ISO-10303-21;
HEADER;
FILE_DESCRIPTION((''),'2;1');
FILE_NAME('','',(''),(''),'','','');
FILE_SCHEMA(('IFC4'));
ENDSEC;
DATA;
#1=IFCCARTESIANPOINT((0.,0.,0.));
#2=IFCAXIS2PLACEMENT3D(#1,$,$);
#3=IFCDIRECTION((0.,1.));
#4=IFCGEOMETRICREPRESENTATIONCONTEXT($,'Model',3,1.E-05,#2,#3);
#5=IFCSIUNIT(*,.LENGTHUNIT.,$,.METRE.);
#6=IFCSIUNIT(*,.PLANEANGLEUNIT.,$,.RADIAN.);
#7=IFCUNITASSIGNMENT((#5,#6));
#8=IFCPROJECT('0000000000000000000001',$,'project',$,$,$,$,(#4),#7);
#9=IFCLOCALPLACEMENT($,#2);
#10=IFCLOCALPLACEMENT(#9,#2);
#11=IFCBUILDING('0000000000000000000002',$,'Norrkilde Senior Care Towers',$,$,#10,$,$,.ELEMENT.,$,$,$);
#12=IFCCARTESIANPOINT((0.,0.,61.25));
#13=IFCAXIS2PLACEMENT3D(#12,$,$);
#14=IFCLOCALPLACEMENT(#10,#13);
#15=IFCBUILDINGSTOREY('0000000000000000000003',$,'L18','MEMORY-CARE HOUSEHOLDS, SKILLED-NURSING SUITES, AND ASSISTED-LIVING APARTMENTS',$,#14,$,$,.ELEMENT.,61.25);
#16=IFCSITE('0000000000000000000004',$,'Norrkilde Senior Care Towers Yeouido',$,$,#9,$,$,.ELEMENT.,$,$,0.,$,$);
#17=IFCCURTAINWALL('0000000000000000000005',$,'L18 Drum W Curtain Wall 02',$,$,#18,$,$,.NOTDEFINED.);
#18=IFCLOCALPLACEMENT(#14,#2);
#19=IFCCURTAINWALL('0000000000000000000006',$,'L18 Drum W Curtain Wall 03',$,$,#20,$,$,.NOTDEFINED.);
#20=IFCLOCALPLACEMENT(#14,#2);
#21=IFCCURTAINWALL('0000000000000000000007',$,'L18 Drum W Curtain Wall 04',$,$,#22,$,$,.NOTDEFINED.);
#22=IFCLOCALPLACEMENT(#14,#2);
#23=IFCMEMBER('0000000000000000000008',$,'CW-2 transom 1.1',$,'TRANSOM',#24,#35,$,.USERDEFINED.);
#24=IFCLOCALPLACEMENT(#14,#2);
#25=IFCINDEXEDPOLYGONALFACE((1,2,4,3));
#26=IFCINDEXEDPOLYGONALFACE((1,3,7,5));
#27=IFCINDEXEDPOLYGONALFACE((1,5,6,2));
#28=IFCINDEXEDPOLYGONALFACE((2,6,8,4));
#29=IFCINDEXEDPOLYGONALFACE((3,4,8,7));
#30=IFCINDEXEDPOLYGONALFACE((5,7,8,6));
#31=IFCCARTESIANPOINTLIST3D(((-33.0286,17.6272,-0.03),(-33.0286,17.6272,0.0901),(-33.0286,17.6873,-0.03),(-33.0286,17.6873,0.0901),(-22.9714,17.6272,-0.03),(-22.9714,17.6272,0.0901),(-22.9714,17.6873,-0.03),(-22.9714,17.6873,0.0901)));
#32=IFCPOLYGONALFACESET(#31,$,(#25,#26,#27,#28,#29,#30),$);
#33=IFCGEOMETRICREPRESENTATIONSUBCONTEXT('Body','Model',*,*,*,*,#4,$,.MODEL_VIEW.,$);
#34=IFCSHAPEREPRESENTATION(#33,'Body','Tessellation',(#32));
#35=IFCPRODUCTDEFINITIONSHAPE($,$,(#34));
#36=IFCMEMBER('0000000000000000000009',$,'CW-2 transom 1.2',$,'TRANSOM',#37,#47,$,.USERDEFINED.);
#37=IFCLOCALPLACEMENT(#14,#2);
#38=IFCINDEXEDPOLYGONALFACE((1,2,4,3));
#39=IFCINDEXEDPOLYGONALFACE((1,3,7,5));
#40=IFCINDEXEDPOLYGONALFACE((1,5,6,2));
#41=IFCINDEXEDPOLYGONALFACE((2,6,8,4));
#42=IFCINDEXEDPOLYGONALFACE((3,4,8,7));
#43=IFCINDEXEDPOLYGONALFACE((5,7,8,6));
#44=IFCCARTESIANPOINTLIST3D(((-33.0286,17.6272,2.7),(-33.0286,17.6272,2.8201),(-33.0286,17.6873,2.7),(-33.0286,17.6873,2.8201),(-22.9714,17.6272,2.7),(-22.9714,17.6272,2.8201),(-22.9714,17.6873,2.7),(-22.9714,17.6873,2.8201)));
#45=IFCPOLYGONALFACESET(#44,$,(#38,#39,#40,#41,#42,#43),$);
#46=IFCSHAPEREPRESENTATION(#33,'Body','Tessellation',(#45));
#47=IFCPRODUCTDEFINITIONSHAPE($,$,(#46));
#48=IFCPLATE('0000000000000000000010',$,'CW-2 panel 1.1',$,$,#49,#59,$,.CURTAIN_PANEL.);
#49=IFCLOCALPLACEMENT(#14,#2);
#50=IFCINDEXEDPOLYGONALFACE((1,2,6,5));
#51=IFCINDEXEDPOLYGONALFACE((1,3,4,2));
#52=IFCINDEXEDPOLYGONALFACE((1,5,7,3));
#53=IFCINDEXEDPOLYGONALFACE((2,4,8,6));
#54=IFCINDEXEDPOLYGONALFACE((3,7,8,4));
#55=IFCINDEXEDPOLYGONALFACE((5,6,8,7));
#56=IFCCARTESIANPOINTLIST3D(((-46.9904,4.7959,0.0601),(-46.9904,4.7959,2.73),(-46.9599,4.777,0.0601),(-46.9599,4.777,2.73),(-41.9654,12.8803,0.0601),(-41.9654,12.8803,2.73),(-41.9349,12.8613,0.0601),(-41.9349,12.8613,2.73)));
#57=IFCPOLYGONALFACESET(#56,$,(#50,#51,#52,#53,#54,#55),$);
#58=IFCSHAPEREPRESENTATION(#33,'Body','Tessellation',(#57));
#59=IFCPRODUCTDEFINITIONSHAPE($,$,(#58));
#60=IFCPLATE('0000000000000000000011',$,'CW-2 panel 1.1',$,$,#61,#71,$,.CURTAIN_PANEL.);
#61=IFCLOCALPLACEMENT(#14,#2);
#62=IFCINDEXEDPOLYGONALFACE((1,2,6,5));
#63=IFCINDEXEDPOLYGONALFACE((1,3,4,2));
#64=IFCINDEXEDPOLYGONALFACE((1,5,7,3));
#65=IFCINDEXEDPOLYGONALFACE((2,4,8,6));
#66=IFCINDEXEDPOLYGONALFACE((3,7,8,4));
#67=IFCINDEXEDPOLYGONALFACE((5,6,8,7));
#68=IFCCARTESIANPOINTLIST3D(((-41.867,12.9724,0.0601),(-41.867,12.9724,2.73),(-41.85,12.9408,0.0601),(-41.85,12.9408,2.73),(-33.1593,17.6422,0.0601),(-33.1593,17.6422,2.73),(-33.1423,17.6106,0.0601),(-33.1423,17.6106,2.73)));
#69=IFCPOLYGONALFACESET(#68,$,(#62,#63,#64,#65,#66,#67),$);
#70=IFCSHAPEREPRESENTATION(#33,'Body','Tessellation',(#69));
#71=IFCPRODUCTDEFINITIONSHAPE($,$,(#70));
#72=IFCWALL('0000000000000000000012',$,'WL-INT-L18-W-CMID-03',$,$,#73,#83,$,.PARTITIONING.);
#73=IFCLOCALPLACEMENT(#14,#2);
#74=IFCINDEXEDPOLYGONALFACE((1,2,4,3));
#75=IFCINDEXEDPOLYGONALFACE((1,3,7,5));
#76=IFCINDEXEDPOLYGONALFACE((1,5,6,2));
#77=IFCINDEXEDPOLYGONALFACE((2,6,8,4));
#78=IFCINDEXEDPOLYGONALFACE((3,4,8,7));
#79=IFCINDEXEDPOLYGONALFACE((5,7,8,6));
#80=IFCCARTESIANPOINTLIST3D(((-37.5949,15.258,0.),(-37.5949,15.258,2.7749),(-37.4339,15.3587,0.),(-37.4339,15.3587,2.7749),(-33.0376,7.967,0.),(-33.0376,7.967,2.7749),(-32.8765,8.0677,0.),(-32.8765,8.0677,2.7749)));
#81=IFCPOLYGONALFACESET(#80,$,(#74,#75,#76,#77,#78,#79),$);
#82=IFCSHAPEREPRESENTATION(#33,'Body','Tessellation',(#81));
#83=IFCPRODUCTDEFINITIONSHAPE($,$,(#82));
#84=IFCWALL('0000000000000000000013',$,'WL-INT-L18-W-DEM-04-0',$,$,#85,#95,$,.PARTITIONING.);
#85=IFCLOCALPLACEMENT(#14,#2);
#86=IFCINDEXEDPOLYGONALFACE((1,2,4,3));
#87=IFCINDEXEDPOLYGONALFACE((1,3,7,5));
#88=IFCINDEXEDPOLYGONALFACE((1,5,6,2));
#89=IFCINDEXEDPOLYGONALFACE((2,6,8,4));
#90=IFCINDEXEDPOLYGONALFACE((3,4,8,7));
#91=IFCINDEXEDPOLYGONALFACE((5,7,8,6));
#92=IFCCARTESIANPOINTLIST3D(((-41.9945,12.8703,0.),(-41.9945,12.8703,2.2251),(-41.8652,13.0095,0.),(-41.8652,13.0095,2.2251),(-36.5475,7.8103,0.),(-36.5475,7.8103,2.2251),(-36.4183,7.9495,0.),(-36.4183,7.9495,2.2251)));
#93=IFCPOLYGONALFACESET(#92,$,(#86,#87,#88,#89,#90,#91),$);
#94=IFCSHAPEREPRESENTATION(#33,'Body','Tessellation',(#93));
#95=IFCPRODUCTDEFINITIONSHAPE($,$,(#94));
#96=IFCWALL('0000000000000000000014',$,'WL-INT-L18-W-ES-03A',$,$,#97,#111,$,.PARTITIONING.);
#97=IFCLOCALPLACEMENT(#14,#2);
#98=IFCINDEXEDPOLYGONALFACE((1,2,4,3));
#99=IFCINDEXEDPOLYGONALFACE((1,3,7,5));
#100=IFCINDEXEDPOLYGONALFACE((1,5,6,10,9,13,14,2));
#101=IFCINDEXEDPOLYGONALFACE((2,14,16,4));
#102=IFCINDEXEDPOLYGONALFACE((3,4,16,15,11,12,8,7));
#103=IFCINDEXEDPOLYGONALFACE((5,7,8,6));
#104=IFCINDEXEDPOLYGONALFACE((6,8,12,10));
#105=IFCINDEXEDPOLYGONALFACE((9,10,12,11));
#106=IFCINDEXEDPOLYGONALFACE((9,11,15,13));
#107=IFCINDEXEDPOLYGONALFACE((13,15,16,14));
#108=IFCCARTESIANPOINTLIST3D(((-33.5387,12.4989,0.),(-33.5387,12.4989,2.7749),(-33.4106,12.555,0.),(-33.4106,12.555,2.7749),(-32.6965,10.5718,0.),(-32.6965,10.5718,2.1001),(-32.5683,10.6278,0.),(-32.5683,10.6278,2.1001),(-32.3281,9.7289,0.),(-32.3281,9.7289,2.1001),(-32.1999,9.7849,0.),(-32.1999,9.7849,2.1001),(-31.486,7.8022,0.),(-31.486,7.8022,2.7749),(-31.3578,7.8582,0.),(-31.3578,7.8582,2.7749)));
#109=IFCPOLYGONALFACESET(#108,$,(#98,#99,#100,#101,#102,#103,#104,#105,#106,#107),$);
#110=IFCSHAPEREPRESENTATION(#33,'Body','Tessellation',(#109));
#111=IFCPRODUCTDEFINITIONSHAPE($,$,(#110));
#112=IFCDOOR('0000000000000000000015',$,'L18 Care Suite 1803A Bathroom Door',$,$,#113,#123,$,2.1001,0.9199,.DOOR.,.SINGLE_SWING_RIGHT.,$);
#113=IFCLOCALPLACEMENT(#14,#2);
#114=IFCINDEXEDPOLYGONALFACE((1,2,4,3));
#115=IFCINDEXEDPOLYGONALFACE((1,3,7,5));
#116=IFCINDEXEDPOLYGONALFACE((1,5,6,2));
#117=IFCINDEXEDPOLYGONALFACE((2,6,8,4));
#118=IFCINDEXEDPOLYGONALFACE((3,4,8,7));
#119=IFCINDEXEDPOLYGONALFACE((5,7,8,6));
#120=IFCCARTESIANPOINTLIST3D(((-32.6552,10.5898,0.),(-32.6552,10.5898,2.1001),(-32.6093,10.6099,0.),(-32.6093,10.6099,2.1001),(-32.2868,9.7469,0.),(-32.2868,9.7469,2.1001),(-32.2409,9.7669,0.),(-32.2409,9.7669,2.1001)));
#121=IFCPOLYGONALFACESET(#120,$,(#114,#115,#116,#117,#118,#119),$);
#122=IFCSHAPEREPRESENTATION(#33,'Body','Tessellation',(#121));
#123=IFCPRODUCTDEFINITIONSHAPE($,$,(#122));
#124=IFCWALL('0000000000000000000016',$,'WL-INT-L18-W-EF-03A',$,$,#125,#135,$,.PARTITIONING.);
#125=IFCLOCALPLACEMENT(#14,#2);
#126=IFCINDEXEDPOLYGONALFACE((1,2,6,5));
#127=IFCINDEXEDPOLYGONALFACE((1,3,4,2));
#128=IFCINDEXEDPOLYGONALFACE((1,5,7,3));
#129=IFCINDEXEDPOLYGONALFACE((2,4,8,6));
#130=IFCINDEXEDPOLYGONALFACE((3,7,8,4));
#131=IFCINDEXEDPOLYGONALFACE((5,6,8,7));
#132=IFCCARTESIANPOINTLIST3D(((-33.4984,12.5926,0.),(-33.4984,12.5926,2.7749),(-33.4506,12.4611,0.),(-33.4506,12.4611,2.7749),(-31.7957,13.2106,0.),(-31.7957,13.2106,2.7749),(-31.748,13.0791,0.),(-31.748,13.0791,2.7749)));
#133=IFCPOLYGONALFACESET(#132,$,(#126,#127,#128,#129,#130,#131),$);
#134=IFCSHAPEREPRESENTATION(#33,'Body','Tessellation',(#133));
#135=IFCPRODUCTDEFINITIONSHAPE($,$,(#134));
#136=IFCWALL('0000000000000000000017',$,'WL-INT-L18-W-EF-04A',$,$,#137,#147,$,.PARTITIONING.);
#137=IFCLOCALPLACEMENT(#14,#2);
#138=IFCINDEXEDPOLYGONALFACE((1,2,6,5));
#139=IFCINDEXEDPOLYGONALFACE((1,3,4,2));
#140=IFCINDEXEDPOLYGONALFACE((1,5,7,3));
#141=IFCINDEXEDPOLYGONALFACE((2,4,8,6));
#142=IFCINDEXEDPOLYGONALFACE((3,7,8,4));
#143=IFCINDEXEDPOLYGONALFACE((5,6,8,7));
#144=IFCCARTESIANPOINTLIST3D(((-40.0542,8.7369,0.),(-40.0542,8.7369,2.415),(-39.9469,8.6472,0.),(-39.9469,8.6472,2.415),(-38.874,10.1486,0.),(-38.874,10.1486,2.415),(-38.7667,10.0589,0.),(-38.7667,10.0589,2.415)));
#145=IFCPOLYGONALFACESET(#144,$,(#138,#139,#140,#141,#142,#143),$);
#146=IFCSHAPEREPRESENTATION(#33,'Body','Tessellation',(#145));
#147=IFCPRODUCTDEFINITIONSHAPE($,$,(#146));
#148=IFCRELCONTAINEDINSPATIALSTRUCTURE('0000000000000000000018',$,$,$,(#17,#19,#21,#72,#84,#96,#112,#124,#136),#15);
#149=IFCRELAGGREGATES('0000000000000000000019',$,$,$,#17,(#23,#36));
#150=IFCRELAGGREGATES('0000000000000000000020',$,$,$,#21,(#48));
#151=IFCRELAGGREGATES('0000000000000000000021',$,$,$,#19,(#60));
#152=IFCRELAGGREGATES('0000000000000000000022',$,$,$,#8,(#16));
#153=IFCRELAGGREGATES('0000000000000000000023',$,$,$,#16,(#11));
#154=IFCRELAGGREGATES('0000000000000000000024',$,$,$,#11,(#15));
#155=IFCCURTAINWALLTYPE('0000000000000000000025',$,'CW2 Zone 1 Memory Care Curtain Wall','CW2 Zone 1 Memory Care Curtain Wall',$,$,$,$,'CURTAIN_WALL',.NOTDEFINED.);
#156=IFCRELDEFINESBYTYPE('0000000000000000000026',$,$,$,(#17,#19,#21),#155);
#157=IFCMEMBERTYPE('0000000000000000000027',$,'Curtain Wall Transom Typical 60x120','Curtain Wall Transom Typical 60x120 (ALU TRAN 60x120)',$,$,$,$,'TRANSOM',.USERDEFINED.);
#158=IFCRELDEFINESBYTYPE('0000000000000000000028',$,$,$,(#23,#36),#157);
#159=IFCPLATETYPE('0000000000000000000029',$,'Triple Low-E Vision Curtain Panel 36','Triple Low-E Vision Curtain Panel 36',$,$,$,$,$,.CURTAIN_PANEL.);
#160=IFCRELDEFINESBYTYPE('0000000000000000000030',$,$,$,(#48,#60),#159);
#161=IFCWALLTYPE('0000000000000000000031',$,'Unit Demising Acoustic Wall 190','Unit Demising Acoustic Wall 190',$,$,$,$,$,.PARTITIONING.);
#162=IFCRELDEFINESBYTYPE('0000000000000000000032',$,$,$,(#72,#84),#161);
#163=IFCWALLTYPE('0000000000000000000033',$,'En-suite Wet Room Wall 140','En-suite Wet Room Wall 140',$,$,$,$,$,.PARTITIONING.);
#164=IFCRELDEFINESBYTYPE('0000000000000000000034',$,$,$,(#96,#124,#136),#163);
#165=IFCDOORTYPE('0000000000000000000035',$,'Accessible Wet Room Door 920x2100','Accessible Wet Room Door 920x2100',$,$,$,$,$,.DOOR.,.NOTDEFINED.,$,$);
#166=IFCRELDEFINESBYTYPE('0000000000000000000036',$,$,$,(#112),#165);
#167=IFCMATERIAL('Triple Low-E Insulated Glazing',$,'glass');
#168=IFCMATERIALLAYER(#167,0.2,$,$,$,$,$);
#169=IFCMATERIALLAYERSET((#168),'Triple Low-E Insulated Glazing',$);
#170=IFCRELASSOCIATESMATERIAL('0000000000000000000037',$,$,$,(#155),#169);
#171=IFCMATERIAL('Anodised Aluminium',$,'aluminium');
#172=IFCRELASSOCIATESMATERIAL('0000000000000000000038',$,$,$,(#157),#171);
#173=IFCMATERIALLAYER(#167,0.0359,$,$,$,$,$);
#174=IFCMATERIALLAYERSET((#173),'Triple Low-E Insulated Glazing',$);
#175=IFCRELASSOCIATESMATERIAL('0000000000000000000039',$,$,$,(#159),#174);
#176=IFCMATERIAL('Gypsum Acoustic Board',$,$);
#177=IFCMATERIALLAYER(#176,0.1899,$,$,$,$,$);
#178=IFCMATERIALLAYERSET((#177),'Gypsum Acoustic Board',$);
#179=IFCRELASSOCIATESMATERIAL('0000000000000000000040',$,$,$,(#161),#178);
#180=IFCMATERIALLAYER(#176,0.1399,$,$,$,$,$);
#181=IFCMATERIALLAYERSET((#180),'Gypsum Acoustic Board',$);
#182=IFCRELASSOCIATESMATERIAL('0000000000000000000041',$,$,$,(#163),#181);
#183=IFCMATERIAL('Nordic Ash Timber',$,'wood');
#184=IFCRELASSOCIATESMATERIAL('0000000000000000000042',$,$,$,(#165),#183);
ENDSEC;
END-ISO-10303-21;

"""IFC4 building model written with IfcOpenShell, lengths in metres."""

from ifc_helpers import new_model, si_unit, direction, frame, frame_2d, origin, origin_2d, place, context, subcontext, project, spatial, rectangle, extrude, source, transform, mapped, material, layer, layer_set, material_profile, profile_set, type_object, type_shapes, element, fill, aggregate, save


model = new_model("IFC4")

# Units and contexts
model_context = context("Model", 3, precision=1e-05, world=origin(), true_north=direction((0.0, 1.0)))
body_context = subcontext(model_context, "Body", "Model", "MODEL_VIEW")
ifc_project = project(units=[si_unit("LENGTHUNIT", "METRE"), si_unit("PLANEANGLEUNIT", "RADIAN")], contexts=[model_context])

# Site, building, storey
site_placement = place(None, origin())
site = spatial("IfcSite", under=ifc_project, at=site_placement, Name="Norrkilde Senior Care Towers Yeouido", CompositionType="ELEMENT", RefElevation=0.0)
building_placement = place(site_placement, origin())
building = spatial("IfcBuilding", under=site, at=building_placement, Name="Norrkilde Senior Care Towers", CompositionType="ELEMENT")
storey_placement = place(building_placement, frame((0.0, 0.0, 61.25)))
storey = spatial("IfcBuildingStorey", under=building, at=storey_placement, Name="L18", Description="MEMORY-CARE HOUSEHOLDS, SKILLED-NURSING SUITES, AND ASSISTED-LIVING APARTMENTS", CompositionType="ELEMENT", Elevation=61.25)

# Curtain wall
ifc_material_1 = material(Name="Triple Low-E Insulated Glazing", Category="glass")
ifc_layer_1 = layer(ifc_material_1, 0.2)
ifc_layer_set_1 = layer_set([ifc_layer_1], Name="Triple Low-E Insulated Glazing")
curtain_wall_type = type_object("IfcCurtainWallType", Name="CW2 Zone 1 Memory Care Curtain Wall", Description="CW2 Zone 1 Memory Care Curtain Wall", ElementType="CURTAIN_WALL", PredefinedType="NOTDEFINED", material=ifc_layer_set_1)
curtain_wall_1_placement = place(storey_placement, origin())
curtain_wall_1 = element("IfcCurtainWall", 1, at=curtain_wall_1_placement, inside=storey, type_object=curtain_wall_type, Name="L18 Drum W Curtain Wall 02", PredefinedType="NOTDEFINED")
ifc_material_2 = material(Name="Anodised Aluminium", Category="aluminium")

# Curtain wall
curtain_wall_2_placement = place(storey_placement, origin())
curtain_wall_2 = element("IfcCurtainWall", 2, at=curtain_wall_2_placement, inside=storey, type_object=curtain_wall_type, Name="L18 Drum W Curtain Wall 03", PredefinedType="NOTDEFINED")

# Curtain wall
curtain_wall_3_placement = place(storey_placement, origin())
curtain_wall_3 = element("IfcCurtainWall", 3, at=curtain_wall_3_placement, inside=storey, type_object=curtain_wall_type, Name="L18 Drum W Curtain Wall 04", PredefinedType="NOTDEFINED")

# Members
ifc_material_profile_1 = material_profile(ifc_material_2, rectangle(XDim=0.0601, YDim=0.1201, at=origin_2d()), Name="ALU TRAN 60x120")
ifc_profile_set_1 = profile_set([ifc_material_profile_1], Name="Anodised Aluminium")
member_type_1 = type_object("IfcMemberType", Name="Curtain Wall Transom Typical 60x120", Description="Curtain Wall Transom Typical 60x120 (ALU TRAN 60x120)", ElementType="TRANSOM", PredefinedType="USERDEFINED", material=ifc_profile_set_1)
shared_shape_1 = source(origin(), body_context, "Body", "SweptSolid", [
    extrude(rectangle(XDim=0.0601, YDim=0.1201, at=origin_2d()), origin(), (0.0, 0.0, 1.0), 10.0571),
])
member_1_placement = place(storey_placement, frame((-33.0286, 17.6572, 0.03), z_axis=(1.0, 0.0, 0.0), x_axis=(0.0, 1.0, 0.0)))
member_1 = element("IfcMember", 4, at=member_1_placement, type_object=member_type_1, Name="CW-2 transom 1.1", ObjectType="TRANSOM", PredefinedType="USERDEFINED", context=body_context, shape_type="MappedRepresentation", body=[
    mapped(shared_shape_1, transform((0.0, 0.0, 0.0), x_axis=(1.0, 0.0, 0.0), y_axis=(0.0, 1.0, 0.0), z_axis=(0.0, 0.0, 1.0), scale=1.0)),
])
member_2_placement = place(storey_placement, frame((-33.0286, 17.6572, 2.76), z_axis=(1.0, 0.0, 0.0), x_axis=(0.0, 1.0, 0.0)))
member_2 = element("IfcMember", 5, at=member_2_placement, type_object=member_type_1, Name="CW-2 transom 1.2", ObjectType="TRANSOM", PredefinedType="USERDEFINED", context=body_context, shape_type="MappedRepresentation", body=[
    mapped(shared_shape_1, transform((0.0, 0.0, 0.0), x_axis=(1.0, 0.0, 0.0), y_axis=(0.0, 1.0, 0.0), z_axis=(0.0, 0.0, 1.0), scale=1.0)),
])
aggregate(curtain_wall_1, [member_1, member_2])

# Plates
ifc_layer_2 = layer(ifc_material_1, 0.0359)
ifc_layer_set_2 = layer_set([ifc_layer_2], Name="Triple Low-E Insulated Glazing")
plate_type = type_object("IfcPlateType", Name="Triple Low-E Vision Curtain Panel 36", Description="Triple Low-E Vision Curtain Panel 36", PredefinedType="CURTAIN_PANEL", material=ifc_layer_set_2)
shared_shape_2 = source(origin(), body_context, "Body", "SweptSolid", [
    extrude(rectangle(XDim=9.5188, YDim=0.0359, at=origin_2d()), origin(), (0.0, 0.0, 1.0), 2.6699),
])
plate_1_placement = place(storey_placement, frame((-44.4626, 8.8286, 0.0601), z_axis=(0.0, 0.0, 1.0), x_axis=(0.527901, 0.849306, 0.0)))
plate_1 = element("IfcPlate", 6, at=plate_1_placement, type_object=plate_type, Name="CW-2 panel 1.1", PredefinedType="CURTAIN_PANEL", context=body_context, shape_type="MappedRepresentation", body=[
    mapped(shared_shape_2, transform((0.0, 0.0, 0.0), x_axis=(1.0, 0.0, 0.0), y_axis=(0.0, 1.0, 0.0), z_axis=(0.0, 0.0, 1.0), scale=1.0)),
])
aggregate(curtain_wall_3, [plate_1])
shared_shape_3 = source(origin(), body_context, "Body", "SweptSolid", [
    extrude(rectangle(XDim=9.8809, YDim=0.0359, at=origin_2d()), origin(), (0.0, 0.0, 1.0), 2.6699),
])
type_shapes(plate_type, [shared_shape_2, shared_shape_3])
plate_2_placement = place(storey_placement, frame((-37.5046, 15.2915, 0.0601), z_axis=(0.0, 0.0, 1.0), x_axis=(0.881273, 0.472608, 0.0)))
plate_2 = element("IfcPlate", 7, at=plate_2_placement, type_object=plate_type, Name="CW-2 panel 1.1", PredefinedType="CURTAIN_PANEL", context=body_context, shape_type="MappedRepresentation", body=[
    mapped(shared_shape_3, transform((0.0, 0.0, 0.0), x_axis=(1.0, 0.0, 0.0), y_axis=(0.0, 1.0, 0.0), z_axis=(0.0, 0.0, 1.0), scale=1.0)),
])
aggregate(curtain_wall_2, [plate_2])

# Shared definitions
ifc_material_3 = material(Name="Gypsum Acoustic Board")
ifc_material_4 = material(Name="Nordic Ash Timber", Category="wood")

# Walls
ifc_layer_3 = layer(ifc_material_3, 0.1899)
ifc_layer_set_3 = layer_set([ifc_layer_3], Name="Gypsum Acoustic Board")
wall_type_1 = type_object("IfcWallType", Name="Unit Demising Acoustic Wall 190", Description="Unit Demising Acoustic Wall 190", PredefinedType="PARTITIONING", material=ifc_layer_set_3)
shared_shape_4 = source(origin(), body_context, "Body", "SweptSolid", [
    extrude(rectangle(XDim=8.5981, YDim=0.1899, at=frame_2d((4.2991, 0.0))), origin(), (0.0, 0.0, 1.0), 2.7749),
])
wall_1_placement = place(storey_placement, frame((-32.957, 8.0173, 0.0), z_axis=(0.0, 0.0, 1.0), x_axis=(-0.53004, 0.847973, 0.0)))
element("IfcWall", 8, at=wall_1_placement, inside=storey, type_object=wall_type_1, Name="WL-INT-L18-W-CMID-03", PredefinedType="PARTITIONING", context=body_context, shape_type="MappedRepresentation", body=[
    mapped(shared_shape_4, transform((0.0, 0.0, 0.0), x_axis=(1.0, 0.0, 0.0), y_axis=(0.0, 1.0, 0.0), z_axis=(0.0, 0.0, 1.0), scale=1.0)),
])
shared_shape_5 = source(origin(), body_context, "Body", "SweptSolid", [
    extrude(rectangle(XDim=7.4346, YDim=0.1899, at=frame_2d((3.7173, 0.0))), origin(), (0.0, 0.0, 1.0), 2.2251),
])
type_shapes(wall_type_1, [shared_shape_4, shared_shape_5])
wall_2_placement = place(storey_placement, frame((-36.4829, 7.8799, 0.0), z_axis=(0.0, 0.0, 1.0), x_axis=(-0.732652, 0.680603, 0.0)))
element("IfcWall", 9, at=wall_2_placement, inside=storey, type_object=wall_type_1, Name="WL-INT-L18-W-DEM-04-0", PredefinedType="PARTITIONING", context=body_context, shape_type="MappedRepresentation", body=[
    mapped(shared_shape_5, transform((0.0, 0.0, 0.0), x_axis=(1.0, 0.0, 0.0), y_axis=(0.0, 1.0, 0.0), z_axis=(0.0, 0.0, 1.0), scale=1.0)),
])

# Wall, opening, door
ifc_layer_4 = layer(ifc_material_3, 0.1399)
ifc_layer_set_4 = layer_set([ifc_layer_4], Name="Gypsum Acoustic Board")
wall_type_2 = type_object("IfcWallType", Name="En-suite Wet Room Wall 140", Description="En-suite Wet Room Wall 140", PredefinedType="PARTITIONING", material=ifc_layer_set_4)
shared_shape_6 = source(origin(), body_context, "Body", "SweptSolid", [
    extrude(rectangle(XDim=5.1257, YDim=0.1399, at=frame_2d((2.563, 0.0))), origin(), (0.0, 0.0, 1.0), 2.7749),
])
wall_3_placement = place(storey_placement, frame((-31.4219, 7.8301, 0.0), z_axis=(0.0, 0.0, 1.0), x_axis=(-0.400474, 0.916308, 0.0)))
wall_3 = element("IfcWall", 10, at=wall_3_placement, inside=storey, type_object=wall_type_2, Name="WL-INT-L18-W-ES-03A", PredefinedType="PARTITIONING", context=body_context, shape_type="MappedRepresentation", body=[
    mapped(shared_shape_6, transform((0.0, 0.0, 0.0), x_axis=(1.0, 0.0, 0.0), y_axis=(0.0, 1.0, 0.0), z_axis=(0.0, 0.0, 1.0), scale=1.0)),
])
opening_1_placement = place(wall_3_placement, frame((2.1028, 0.0, 0.0)))
opening_1 = element("IfcOpeningElement", 11, at=opening_1_placement, cuts=wall_3, PredefinedType="OPENING", context=body_context, shape_type="SweptSolid", body=[
    extrude(rectangle(XDim=0.9199, YDim=2.1001, at=frame_2d((0.46, 1.05))), frame((0.0, 0.0798, 0.0), z_axis=(0.0, -1.0, 0.0), x_axis=(1.0, 0.0, 0.0)), (0.0, 0.0, 1.0), 0.1599),
])
door_type_1 = type_object("IfcDoorType", Name="Accessible Wet Room Door 920x2100", Description="Accessible Wet Room Door 920x2100", OperationType="NOTDEFINED", PredefinedType="DOOR", material=ifc_material_4)
shared_shape_7 = source(origin(), body_context, "Body", "SweptSolid", [
    extrude(rectangle(XDim=0.9199, YDim=2.1001, at=frame_2d((0.46, 1.05))), frame((0.0, 0.0249, 0.0), z_axis=(0.0, -1.0, 0.0), x_axis=(1.0, 0.0, 0.0)), (0.0, 0.0, 1.0), 0.05),
])
type_shapes(door_type_1, [shared_shape_7])
door_1_placement = place(opening_1_placement, origin())
door_1 = element("IfcDoor", 12, at=door_1_placement, inside=storey, type_object=door_type_1, Name="L18 Care Suite 1803A Bathroom Door", OperationType="SINGLE_SWING_RIGHT", OverallHeight=2.1001, OverallWidth=0.9199, PredefinedType="DOOR", context=body_context, shape_type="MappedRepresentation", body=[
    mapped(shared_shape_7, transform((0.0, 0.0, 0.0), x_axis=(1.0, 0.0, 0.0), y_axis=(0.0, 1.0, 0.0), z_axis=(0.0, 0.0, 1.0), scale=1.0)),
])
fill(opening_1, door_1)

# Walls
shared_shape_8 = source(origin(), body_context, "Body", "SweptSolid", [
    extrude(rectangle(XDim=1.8113, YDim=0.1399, at=frame_2d((0.9058, 0.0))), origin(), (0.0, 0.0, 1.0), 2.7749),
])
wall_4_placement = place(storey_placement, frame((-33.4746, 12.5269, 0.0), z_axis=(0.0, 0.0, 1.0), x_axis=(0.94001, 0.341148, 0.0)))
element("IfcWall", 13, at=wall_4_placement, inside=storey, type_object=wall_type_2, Name="WL-INT-L18-W-EF-03A", PredefinedType="PARTITIONING", context=body_context, shape_type="MappedRepresentation", body=[
    mapped(shared_shape_8, transform((0.0, 0.0, 0.0), x_axis=(1.0, 0.0, 0.0), y_axis=(0.0, 1.0, 0.0), z_axis=(0.0, 0.0, 1.0), scale=1.0)),
])
shared_shape_9 = source(origin(), body_context, "Body", "SweptSolid", [
    extrude(rectangle(XDim=1.8401, YDim=0.1399, at=frame_2d((0.9199, 0.0))), origin(), (0.0, 0.0, 1.0), 2.415),
])
wall_5_placement = place(storey_placement, frame((-40.0005, 8.6921, 0.0), z_axis=(0.0, 0.0, 1.0), x_axis=(0.64141, 0.767198, 0.0)))
element("IfcWall", 14, at=wall_5_placement, inside=storey, type_object=wall_type_2, Name="WL-INT-L18-W-EF-04A", PredefinedType="PARTITIONING", context=body_context, shape_type="MappedRepresentation", body=[
    mapped(shared_shape_9, transform((0.0, 0.0, 0.0), x_axis=(1.0, 0.0, 0.0), y_axis=(0.0, 1.0, 0.0), z_axis=(0.0, 0.0, 1.0), scale=1.0)),
])

save(model, "model.ifc")
